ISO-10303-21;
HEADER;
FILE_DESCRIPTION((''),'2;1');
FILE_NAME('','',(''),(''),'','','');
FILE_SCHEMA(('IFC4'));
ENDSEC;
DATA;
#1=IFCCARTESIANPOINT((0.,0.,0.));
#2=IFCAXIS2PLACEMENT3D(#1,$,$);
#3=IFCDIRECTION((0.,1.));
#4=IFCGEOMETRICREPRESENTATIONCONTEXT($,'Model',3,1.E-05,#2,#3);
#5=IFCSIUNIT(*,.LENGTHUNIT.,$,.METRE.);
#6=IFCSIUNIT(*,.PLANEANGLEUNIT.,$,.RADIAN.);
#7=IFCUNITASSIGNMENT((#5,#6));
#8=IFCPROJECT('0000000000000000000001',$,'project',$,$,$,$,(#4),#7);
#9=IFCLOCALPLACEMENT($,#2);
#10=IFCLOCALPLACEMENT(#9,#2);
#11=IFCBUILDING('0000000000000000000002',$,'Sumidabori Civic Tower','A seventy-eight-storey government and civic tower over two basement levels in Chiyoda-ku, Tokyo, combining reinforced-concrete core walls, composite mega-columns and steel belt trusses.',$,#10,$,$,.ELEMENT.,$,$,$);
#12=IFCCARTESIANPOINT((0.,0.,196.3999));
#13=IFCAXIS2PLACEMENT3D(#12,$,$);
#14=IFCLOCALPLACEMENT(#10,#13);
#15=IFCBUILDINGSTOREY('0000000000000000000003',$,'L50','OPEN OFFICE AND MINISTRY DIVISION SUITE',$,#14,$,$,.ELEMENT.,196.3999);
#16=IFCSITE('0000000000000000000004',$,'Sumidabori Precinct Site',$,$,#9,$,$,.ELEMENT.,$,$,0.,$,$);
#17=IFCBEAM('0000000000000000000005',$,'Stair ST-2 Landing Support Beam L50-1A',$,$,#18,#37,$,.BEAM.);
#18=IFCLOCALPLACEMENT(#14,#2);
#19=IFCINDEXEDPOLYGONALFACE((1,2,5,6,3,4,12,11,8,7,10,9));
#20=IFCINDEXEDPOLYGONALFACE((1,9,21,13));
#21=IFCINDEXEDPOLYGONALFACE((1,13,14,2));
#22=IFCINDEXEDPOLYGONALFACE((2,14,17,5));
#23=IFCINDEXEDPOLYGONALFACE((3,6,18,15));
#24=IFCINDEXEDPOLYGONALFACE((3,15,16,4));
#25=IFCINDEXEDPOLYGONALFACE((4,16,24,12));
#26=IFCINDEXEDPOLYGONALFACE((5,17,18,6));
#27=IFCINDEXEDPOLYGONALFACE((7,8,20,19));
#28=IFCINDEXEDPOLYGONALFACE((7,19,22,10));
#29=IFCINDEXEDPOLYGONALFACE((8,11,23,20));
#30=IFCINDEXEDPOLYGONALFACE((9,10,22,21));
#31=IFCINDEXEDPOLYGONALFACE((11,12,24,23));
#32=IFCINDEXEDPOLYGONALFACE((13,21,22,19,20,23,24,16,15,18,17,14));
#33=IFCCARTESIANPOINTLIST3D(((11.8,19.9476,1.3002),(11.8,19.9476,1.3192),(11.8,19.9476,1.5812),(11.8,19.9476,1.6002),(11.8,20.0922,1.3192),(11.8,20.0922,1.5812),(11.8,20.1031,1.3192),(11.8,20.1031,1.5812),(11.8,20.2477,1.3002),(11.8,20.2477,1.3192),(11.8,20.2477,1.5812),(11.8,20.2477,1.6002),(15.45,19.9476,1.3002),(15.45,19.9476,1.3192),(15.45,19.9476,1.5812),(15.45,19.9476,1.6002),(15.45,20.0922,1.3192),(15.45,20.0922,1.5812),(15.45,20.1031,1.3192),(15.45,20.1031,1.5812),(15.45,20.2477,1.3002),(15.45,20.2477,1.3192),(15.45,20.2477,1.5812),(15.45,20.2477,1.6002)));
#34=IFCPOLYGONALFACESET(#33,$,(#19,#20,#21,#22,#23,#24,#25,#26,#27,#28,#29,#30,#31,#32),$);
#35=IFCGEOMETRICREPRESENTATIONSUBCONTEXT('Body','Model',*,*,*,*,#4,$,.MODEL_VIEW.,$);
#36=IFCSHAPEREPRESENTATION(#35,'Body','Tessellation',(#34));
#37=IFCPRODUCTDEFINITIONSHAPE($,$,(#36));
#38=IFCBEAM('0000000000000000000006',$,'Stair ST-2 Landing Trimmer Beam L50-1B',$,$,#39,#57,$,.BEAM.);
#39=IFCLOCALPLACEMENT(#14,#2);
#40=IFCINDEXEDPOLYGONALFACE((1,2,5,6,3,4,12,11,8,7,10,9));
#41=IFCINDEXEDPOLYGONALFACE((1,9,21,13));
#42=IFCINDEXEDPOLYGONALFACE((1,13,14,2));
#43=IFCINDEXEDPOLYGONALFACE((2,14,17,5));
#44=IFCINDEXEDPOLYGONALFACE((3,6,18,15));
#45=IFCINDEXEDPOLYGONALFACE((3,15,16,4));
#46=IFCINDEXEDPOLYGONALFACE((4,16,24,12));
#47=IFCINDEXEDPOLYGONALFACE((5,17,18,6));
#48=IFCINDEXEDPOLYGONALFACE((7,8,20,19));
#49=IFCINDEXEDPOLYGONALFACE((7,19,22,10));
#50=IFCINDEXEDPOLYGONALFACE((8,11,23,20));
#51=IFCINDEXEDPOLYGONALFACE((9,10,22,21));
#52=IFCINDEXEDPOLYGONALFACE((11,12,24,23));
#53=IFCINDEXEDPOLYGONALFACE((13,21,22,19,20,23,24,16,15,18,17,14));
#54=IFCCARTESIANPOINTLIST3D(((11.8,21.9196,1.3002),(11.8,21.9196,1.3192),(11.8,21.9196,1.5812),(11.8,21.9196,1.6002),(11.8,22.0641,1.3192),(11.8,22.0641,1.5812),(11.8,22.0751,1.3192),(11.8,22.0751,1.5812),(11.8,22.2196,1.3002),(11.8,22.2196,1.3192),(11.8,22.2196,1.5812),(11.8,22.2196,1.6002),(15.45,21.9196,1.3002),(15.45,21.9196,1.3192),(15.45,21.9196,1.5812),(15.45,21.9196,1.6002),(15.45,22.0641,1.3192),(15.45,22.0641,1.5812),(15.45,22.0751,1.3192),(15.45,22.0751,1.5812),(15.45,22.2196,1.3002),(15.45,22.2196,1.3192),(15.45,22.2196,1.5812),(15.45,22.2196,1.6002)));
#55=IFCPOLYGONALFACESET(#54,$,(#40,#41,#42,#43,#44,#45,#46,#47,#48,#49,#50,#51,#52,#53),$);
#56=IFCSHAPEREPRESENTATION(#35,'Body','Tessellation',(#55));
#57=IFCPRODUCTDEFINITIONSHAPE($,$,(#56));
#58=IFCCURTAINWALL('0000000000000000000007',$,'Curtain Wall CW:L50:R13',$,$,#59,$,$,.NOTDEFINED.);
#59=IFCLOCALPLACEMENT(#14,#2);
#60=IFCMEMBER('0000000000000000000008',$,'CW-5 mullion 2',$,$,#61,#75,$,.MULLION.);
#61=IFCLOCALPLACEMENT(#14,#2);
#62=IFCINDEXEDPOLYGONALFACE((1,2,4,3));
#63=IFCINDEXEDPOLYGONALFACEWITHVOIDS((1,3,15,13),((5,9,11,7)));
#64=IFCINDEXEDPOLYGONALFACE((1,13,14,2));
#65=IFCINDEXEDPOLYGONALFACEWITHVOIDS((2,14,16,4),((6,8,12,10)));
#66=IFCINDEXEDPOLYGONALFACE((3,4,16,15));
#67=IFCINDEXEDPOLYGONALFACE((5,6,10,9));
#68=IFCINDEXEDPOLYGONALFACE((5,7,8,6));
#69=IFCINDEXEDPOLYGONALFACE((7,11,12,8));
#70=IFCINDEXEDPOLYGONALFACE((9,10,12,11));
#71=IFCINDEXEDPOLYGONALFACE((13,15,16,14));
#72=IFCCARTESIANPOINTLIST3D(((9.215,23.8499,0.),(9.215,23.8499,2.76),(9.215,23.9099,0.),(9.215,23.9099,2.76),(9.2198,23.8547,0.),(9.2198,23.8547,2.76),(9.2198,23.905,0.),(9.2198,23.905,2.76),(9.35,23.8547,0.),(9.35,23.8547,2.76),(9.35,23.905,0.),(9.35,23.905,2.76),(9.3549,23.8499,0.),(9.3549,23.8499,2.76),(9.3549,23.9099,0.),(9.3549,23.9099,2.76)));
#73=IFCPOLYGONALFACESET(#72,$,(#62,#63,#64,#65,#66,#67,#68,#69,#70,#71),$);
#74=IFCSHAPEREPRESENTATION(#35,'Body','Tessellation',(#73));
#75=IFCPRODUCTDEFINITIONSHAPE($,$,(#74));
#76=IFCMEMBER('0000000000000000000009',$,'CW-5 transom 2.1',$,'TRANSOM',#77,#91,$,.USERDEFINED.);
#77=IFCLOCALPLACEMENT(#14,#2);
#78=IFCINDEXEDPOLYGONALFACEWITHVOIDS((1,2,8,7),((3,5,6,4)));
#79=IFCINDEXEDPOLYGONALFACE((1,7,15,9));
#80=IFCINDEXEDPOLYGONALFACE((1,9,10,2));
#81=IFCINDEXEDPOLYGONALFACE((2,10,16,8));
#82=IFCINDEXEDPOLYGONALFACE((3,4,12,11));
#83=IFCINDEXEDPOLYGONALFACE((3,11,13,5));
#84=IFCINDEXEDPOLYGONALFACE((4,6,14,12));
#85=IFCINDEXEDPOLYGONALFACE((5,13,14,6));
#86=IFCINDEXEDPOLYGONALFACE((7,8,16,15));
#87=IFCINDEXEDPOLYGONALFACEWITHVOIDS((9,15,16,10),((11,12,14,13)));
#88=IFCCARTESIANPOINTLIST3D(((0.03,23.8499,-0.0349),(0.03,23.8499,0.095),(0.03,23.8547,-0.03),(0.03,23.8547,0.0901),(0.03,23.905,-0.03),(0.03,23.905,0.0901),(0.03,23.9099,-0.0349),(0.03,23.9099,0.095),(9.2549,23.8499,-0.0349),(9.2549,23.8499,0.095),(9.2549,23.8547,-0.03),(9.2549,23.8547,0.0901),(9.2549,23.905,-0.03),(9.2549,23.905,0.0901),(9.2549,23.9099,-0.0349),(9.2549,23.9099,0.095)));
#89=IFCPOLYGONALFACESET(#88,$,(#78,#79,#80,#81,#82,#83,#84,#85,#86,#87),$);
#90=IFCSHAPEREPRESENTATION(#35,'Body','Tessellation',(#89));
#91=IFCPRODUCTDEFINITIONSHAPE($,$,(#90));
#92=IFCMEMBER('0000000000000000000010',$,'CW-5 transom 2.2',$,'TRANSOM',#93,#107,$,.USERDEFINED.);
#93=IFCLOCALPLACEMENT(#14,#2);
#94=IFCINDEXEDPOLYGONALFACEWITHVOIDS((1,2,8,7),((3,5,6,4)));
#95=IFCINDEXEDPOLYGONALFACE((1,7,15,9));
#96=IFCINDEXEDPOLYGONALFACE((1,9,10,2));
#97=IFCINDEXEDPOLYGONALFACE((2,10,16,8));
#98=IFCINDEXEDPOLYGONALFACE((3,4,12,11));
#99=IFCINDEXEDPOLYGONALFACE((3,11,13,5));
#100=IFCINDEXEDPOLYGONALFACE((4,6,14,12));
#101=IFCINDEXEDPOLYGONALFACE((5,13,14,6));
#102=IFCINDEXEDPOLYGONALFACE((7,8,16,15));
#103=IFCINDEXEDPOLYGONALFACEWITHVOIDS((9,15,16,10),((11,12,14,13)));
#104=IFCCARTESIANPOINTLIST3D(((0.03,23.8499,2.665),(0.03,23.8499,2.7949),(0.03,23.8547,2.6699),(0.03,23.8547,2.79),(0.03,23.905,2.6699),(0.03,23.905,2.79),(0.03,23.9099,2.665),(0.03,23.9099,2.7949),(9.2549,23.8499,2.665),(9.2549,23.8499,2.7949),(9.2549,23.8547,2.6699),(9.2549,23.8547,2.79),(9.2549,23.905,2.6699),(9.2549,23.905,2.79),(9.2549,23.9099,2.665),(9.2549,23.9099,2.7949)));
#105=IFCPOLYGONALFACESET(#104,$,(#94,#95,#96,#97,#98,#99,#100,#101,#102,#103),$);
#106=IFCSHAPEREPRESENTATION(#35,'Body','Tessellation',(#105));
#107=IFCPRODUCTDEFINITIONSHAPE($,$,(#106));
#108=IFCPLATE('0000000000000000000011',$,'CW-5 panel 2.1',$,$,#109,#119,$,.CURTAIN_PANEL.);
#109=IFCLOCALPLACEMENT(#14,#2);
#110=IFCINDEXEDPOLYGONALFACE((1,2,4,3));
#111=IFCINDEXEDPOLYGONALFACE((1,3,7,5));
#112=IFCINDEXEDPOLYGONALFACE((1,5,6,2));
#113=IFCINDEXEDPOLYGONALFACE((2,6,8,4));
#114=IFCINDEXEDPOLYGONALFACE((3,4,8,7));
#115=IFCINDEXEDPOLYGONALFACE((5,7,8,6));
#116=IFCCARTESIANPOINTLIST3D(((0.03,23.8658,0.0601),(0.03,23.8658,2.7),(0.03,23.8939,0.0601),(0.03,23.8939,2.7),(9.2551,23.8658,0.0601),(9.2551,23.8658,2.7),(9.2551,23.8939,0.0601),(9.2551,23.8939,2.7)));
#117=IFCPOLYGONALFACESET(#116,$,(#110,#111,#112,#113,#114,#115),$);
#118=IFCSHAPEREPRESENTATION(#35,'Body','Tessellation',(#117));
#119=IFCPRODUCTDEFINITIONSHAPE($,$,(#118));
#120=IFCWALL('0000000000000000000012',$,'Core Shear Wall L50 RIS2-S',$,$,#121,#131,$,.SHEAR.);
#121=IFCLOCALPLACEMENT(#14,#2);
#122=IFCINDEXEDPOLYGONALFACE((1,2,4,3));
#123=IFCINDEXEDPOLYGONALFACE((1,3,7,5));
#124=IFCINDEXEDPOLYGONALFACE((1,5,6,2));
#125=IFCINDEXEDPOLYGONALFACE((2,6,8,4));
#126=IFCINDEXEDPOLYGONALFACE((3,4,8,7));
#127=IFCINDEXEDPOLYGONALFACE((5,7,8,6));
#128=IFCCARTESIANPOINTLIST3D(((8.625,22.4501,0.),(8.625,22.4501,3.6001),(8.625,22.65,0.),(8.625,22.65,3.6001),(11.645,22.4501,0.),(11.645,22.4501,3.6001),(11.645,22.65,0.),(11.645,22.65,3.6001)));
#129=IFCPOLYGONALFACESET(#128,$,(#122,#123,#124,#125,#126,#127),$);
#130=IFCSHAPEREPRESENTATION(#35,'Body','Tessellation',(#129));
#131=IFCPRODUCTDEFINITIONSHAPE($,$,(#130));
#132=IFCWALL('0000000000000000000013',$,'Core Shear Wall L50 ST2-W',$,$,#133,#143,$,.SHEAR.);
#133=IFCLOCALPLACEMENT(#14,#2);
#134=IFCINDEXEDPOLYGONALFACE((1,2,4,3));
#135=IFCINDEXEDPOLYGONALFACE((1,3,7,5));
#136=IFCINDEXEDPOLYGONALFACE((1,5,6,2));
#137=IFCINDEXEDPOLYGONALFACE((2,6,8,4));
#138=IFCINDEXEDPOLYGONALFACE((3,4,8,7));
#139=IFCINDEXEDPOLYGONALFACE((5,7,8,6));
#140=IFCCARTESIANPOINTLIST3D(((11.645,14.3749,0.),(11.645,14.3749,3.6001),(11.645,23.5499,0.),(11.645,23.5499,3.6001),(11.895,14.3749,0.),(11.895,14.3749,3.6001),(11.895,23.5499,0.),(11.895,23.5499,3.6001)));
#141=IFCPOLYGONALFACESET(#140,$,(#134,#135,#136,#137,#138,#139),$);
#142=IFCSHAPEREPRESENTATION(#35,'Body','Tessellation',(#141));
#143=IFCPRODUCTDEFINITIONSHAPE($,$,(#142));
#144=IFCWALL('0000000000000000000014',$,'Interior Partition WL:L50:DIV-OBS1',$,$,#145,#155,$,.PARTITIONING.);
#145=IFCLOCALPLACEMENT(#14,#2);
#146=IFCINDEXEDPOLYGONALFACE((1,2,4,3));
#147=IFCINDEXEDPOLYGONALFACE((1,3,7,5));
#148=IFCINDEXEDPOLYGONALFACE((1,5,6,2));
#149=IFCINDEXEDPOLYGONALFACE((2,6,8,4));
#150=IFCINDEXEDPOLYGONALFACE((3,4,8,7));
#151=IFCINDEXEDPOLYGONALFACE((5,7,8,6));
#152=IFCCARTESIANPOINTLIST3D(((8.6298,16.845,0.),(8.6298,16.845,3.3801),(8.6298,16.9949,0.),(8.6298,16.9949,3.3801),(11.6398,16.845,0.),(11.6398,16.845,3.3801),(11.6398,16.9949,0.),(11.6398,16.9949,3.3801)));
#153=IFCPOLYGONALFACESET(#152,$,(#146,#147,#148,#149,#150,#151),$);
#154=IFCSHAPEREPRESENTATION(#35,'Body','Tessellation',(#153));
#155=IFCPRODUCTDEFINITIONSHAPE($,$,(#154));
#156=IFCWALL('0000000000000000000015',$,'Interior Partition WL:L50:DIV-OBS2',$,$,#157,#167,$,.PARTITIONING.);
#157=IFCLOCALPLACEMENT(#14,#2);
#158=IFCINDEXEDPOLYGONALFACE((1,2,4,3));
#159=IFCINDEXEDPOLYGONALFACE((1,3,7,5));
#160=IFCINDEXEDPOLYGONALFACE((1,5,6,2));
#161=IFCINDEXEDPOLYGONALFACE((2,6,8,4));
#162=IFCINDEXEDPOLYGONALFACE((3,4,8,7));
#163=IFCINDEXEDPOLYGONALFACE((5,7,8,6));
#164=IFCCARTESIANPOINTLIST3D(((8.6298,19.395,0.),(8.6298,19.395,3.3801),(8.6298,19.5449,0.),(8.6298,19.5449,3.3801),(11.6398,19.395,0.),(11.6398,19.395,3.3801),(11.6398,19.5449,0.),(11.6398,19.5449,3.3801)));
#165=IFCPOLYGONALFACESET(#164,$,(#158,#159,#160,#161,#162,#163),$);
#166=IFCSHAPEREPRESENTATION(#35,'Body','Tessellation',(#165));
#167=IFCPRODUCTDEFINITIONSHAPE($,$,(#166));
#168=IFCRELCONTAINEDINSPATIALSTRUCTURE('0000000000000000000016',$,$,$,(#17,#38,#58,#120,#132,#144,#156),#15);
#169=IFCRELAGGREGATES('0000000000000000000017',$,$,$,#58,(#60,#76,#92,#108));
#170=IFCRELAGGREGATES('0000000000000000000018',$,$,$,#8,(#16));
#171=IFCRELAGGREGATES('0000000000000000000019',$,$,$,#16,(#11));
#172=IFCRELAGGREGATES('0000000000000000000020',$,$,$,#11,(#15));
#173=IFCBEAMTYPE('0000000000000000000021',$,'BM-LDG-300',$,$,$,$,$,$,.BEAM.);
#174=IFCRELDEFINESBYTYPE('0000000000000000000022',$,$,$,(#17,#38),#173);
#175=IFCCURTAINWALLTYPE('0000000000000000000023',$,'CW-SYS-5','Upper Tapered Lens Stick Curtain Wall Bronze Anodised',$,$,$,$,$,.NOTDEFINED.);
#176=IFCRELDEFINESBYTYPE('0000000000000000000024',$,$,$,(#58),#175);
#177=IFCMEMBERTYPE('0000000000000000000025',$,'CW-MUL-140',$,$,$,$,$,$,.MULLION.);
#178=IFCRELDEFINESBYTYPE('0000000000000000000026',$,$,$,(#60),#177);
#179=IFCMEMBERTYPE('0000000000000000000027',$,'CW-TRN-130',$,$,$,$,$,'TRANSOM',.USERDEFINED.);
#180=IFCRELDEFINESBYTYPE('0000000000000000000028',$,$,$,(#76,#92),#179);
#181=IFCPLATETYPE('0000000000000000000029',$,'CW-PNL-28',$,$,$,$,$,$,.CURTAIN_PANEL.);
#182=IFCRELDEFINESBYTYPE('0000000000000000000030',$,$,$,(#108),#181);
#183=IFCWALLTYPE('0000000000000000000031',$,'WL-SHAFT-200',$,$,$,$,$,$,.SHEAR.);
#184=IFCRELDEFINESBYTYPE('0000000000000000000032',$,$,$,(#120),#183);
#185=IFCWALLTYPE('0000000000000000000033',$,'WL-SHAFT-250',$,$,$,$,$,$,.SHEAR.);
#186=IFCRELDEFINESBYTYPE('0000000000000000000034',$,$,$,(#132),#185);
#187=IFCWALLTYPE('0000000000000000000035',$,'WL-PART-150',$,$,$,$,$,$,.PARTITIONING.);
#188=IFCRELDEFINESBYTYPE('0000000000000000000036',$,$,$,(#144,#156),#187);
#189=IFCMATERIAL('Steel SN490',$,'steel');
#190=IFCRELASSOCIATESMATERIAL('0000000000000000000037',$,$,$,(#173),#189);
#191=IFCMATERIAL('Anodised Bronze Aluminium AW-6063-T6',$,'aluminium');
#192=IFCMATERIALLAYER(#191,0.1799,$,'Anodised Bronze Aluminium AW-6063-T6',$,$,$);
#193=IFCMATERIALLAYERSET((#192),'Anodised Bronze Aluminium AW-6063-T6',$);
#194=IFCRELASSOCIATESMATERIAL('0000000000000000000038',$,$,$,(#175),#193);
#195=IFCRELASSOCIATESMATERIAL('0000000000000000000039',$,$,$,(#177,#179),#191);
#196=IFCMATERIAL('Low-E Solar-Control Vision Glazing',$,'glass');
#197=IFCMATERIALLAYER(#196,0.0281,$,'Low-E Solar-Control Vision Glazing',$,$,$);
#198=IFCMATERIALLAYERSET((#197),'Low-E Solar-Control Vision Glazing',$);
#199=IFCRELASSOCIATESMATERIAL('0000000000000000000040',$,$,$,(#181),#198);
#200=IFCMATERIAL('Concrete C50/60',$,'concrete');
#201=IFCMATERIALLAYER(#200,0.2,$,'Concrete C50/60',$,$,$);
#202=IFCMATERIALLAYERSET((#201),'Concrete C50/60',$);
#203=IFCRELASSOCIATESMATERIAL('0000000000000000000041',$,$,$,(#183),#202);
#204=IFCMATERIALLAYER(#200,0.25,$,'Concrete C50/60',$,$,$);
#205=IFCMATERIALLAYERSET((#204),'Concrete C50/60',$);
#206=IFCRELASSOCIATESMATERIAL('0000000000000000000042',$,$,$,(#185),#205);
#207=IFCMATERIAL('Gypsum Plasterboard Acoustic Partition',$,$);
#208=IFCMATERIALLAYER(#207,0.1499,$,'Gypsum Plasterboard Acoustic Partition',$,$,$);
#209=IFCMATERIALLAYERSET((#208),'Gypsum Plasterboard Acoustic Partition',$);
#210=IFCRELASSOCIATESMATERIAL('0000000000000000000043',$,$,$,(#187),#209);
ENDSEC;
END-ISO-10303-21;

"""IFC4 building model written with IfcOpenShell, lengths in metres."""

from ifc_helpers import new_model, si_unit, direction, frame, frame_2d, origin, origin_2d, place, context, subcontext, project, spatial, rectangle, hollow_rectangle, i_section, extrude, source, transform, mapped, material, layer, layer_set, material_profile, profile_set, type_object, element, aggregate, save


model = new_model("IFC4")

# Units and contexts
model_context = context("Model", 3, precision=1e-05, world=origin(), true_north=direction((0.0, 1.0)))
body_context = subcontext(model_context, "Body", "Model", "MODEL_VIEW")
ifc_project = project(units=[si_unit("LENGTHUNIT", "METRE"), si_unit("PLANEANGLEUNIT", "RADIAN")], contexts=[model_context])

# Site, building, storey
site_placement = place(None, origin())
site = spatial("IfcSite", under=ifc_project, at=site_placement, Name="Sumidabori Precinct Site", CompositionType="ELEMENT", RefElevation=0.0)
building_placement = place(site_placement, origin())
building = spatial("IfcBuilding", under=site, at=building_placement, Name="Sumidabori Civic Tower", Description="A seventy-eight-storey government and civic tower over two basement levels in Chiyoda-ku, Tokyo, combining reinforced-concrete core walls, composite mega-columns and steel belt trusses.", CompositionType="ELEMENT")
storey_placement = place(building_placement, frame((0.0, 0.0, 196.3999)))
storey = spatial("IfcBuildingStorey", under=building, at=storey_placement, Name="L50", Description="OPEN OFFICE AND MINISTRY DIVISION SUITE", CompositionType="ELEMENT", Elevation=196.3999)

# Beams
ifc_material_1 = material(Name="Steel SN490", Category="steel")
ifc_material_profile_1 = material_profile(ifc_material_1, i_section(OverallWidth=0.3, OverallDepth=0.3, WebThickness=0.011, FlangeThickness=0.019, at=origin_2d()), Name="HE 300 B")
ifc_profile_set_1 = profile_set([ifc_material_profile_1], Name="Steel SN490")
beam_type = type_object("IfcBeamType", Name="BM-LDG-300", PredefinedType="BEAM", material=ifc_profile_set_1)
shared_shape_1 = source(origin(), body_context, "Body", "SweptSolid", [
    extrude(i_section(OverallWidth=0.3, OverallDepth=0.3, WebThickness=0.011, FlangeThickness=0.019, at=origin_2d()), origin(), (0.0, 0.0, 1.0), 3.6499),
])
for number, where, z_axis, x_axis, name in (
    (1, (11.8, 20.0977, 1.4502), (1.0, 0.0, 0.0), (0.0, 1.0, 0.0), "Stair ST-2 Landing Support Beam L50-1A"),
    (2, (11.8, 22.0696, 1.4502), (1.0, 0.0, 0.0), (0.0, 1.0, 0.0), "Stair ST-2 Landing Trimmer Beam L50-1B"),
):
    element("IfcBeam", number, at=place(storey_placement, frame(where, z_axis=z_axis, x_axis=x_axis)), inside=storey, type_object=beam_type, Name=name, PredefinedType="BEAM", context=body_context, shape_type="MappedRepresentation", body=[
        mapped(shared_shape_1, transform((0.0, 0.0, 0.0), x_axis=(1.0, 0.0, 0.0), y_axis=(0.0, 1.0, 0.0), z_axis=(0.0, 0.0, 1.0), scale=1.0)),
    ])

# Curtain wall, members, plate
ifc_material_2 = material(Name="Anodised Bronze Aluminium AW-6063-T6", Category="aluminium")
ifc_layer_1 = layer(ifc_material_2, 0.1799, Name="Anodised Bronze Aluminium AW-6063-T6")
ifc_layer_set_1 = layer_set([ifc_layer_1], Name="Anodised Bronze Aluminium AW-6063-T6")
curtain_wall_type = type_object("IfcCurtainWallType", Name="CW-SYS-5", Description="Upper Tapered Lens Stick Curtain Wall Bronze Anodised", PredefinedType="NOTDEFINED", material=ifc_layer_set_1)
curtain_wall_placement = place(storey_placement, origin())
curtain_wall = element("IfcCurtainWall", 3, at=curtain_wall_placement, inside=storey, type_object=curtain_wall_type, Name="Curtain Wall CW:L50:R13", PredefinedType="NOTDEFINED")
ifc_material_profile_2 = material_profile(ifc_material_2, hollow_rectangle(XDim=0.0601, YDim=0.1399, WallThickness=0.0049, at=origin_2d()), Name="ALU MULLION 140x60")
ifc_profile_set_2 = profile_set([ifc_material_profile_2], Name="Anodised Bronze Aluminium AW-6063-T6")
member_type_1 = type_object("IfcMemberType", Name="CW-MUL-140", PredefinedType="MULLION", material=ifc_profile_set_2)
shared_shape_2 = source(origin(), body_context, "Body", "SweptSolid", [
    extrude(hollow_rectangle(XDim=0.0601, YDim=0.1399, WallThickness=0.0049, at=origin_2d()), origin(), (0.0, 0.0, 1.0), 2.76),
])
member_1_placement = place(storey_placement, frame((9.2849, 23.8799, 0.0), z_axis=(0.0, 0.0, 1.0), x_axis=(0.0, -1.0, 0.0)))
member_1 = element("IfcMember", 4, at=member_1_placement, type_object=member_type_1, Name="CW-5 mullion 2", PredefinedType="MULLION", context=body_context, shape_type="MappedRepresentation", body=[
    mapped(shared_shape_2, transform((0.0, 0.0, 0.0), x_axis=(1.0, 0.0, 0.0), y_axis=(0.0, 1.0, 0.0), z_axis=(0.0, 0.0, 1.0), scale=1.0)),
])
ifc_material_profile_3 = material_profile(ifc_material_2, hollow_rectangle(XDim=0.0601, YDim=0.1299, WallThickness=0.0049, at=origin_2d()), Name="ALU TRANSOM 130x60")
ifc_profile_set_3 = profile_set([ifc_material_profile_3], Name="Anodised Bronze Aluminium AW-6063-T6")
member_type_2 = type_object("IfcMemberType", Name="CW-TRN-130", ElementType="TRANSOM", PredefinedType="USERDEFINED", material=ifc_profile_set_3)
shared_shape_3 = source(origin(), body_context, "Body", "SweptSolid", [
    extrude(hollow_rectangle(XDim=0.0601, YDim=0.1299, WallThickness=0.0049, at=origin_2d()), origin(), (0.0, 0.0, 1.0), 9.2249),
])
member_2_placement = place(storey_placement, frame((9.2549, 23.8799, 0.03), z_axis=(-1.0, 0.0, 0.0), x_axis=(0.0, -1.0, 0.0)))
member_2 = element("IfcMember", 5, at=member_2_placement, type_object=member_type_2, Name="CW-5 transom 2.1", ObjectType="TRANSOM", PredefinedType="USERDEFINED", context=body_context, shape_type="MappedRepresentation", body=[
    mapped(shared_shape_3, transform((0.0, 0.0, 0.0), x_axis=(1.0, 0.0, 0.0), y_axis=(0.0, 1.0, 0.0), z_axis=(0.0, 0.0, 1.0), scale=1.0)),
])
member_3_placement = place(storey_placement, frame((9.2549, 23.8799, 2.73), z_axis=(-1.0, 0.0, 0.0), x_axis=(0.0, -1.0, 0.0)))
member_3 = element("IfcMember", 6, at=member_3_placement, type_object=member_type_2, Name="CW-5 transom 2.2", ObjectType="TRANSOM", PredefinedType="USERDEFINED", context=body_context, shape_type="MappedRepresentation", body=[
    mapped(shared_shape_3, transform((0.0, 0.0, 0.0), x_axis=(1.0, 0.0, 0.0), y_axis=(0.0, 1.0, 0.0), z_axis=(0.0, 0.0, 1.0), scale=1.0)),
])
ifc_material_3 = material(Name="Low-E Solar-Control Vision Glazing", Category="glass")
ifc_layer_2 = layer(ifc_material_3, 0.0281, Name="Low-E Solar-Control Vision Glazing")
ifc_layer_set_2 = layer_set([ifc_layer_2], Name="Low-E Solar-Control Vision Glazing")
plate_type = type_object("IfcPlateType", Name="CW-PNL-28", PredefinedType="CURTAIN_PANEL", material=ifc_layer_set_2)
shared_shape_4 = source(origin(), body_context, "Body", "SweptSolid", [
    extrude(rectangle(XDim=9.2251, YDim=0.0281, at=origin_2d()), origin(), (0.0, 0.0, 1.0), 2.6399),
])
plate_placement = place(storey_placement, frame((4.6426, 23.8799, 0.0601), z_axis=(0.0, 0.0, 1.0), x_axis=(-1.0, 0.0, 0.0)))
plate = element("IfcPlate", 7, at=plate_placement, type_object=plate_type, Name="CW-5 panel 2.1", PredefinedType="CURTAIN_PANEL", context=body_context, shape_type="MappedRepresentation", body=[
    mapped(shared_shape_4, transform((0.0, 0.0, 0.0), x_axis=(1.0, 0.0, 0.0), y_axis=(0.0, 1.0, 0.0), z_axis=(0.0, 0.0, 1.0), scale=1.0)),
])
aggregate(curtain_wall, [member_1, member_2, member_3, plate])

# Wall
ifc_material_4 = material(Name="Concrete C50/60", Category="concrete")
ifc_layer_3 = layer(ifc_material_4, 0.2, Name="Concrete C50/60")
ifc_layer_set_3 = layer_set([ifc_layer_3], Name="Concrete C50/60")
wall_type_1 = type_object("IfcWallType", Name="WL-SHAFT-200", PredefinedType="SHEAR", material=ifc_layer_set_3)
shared_shape_5 = source(origin(), body_context, "Body", "SweptSolid", [
    extrude(rectangle(XDim=3.02, YDim=0.2, at=frame_2d((1.51, 0.0))), origin(), (0.0, 0.0, 1.0), 3.6001),
])
wall_1_placement = place(storey_placement, frame((8.625, 22.55, 0.0), z_axis=(0.0, 0.0, 1.0), x_axis=(1.0, 0.0, 0.0)))
element("IfcWall", 8, at=wall_1_placement, inside=storey, type_object=wall_type_1, Name="Core Shear Wall L50 RIS2-S", PredefinedType="SHEAR", context=body_context, shape_type="MappedRepresentation", body=[
    mapped(shared_shape_5, transform((0.0, 0.0, 0.0), x_axis=(1.0, 0.0, 0.0), y_axis=(0.0, 1.0, 0.0), z_axis=(0.0, 0.0, 1.0), scale=1.0)),
])

# Shared definitions
ifc_layer_4 = layer(ifc_material_4, 0.25, Name="Concrete C50/60")
ifc_layer_set_4 = layer_set([ifc_layer_4], Name="Concrete C50/60")
wall_type_2 = type_object("IfcWallType", Name="WL-SHAFT-250", PredefinedType="SHEAR", material=ifc_layer_set_4)

# Walls
shared_shape_6 = source(origin(), body_context, "Body", "SweptSolid", [
    extrude(rectangle(XDim=9.175, YDim=0.25, at=frame_2d((4.5874, 0.0))), origin(), (0.0, 0.0, 1.0), 3.6001),
])
wall_2_placement = place(storey_placement, frame((11.77, 14.375, 0.0), z_axis=(0.0, 0.0, 1.0), x_axis=(0.0, 1.0, 0.0)))
element("IfcWall", 9, at=wall_2_placement, inside=storey, type_object=wall_type_2, Name="Core Shear Wall L50 ST2-W", PredefinedType="SHEAR", context=body_context, shape_type="MappedRepresentation", body=[
    mapped(shared_shape_6, transform((0.0, 0.0, 0.0), x_axis=(1.0, 0.0, 0.0), y_axis=(0.0, 1.0, 0.0), z_axis=(0.0, 0.0, 1.0), scale=1.0)),
])
ifc_material_5 = material(Name="Gypsum Plasterboard Acoustic Partition")
ifc_layer_5 = layer(ifc_material_5, 0.1499, Name="Gypsum Plasterboard Acoustic Partition")
ifc_layer_set_5 = layer_set([ifc_layer_5], Name="Gypsum Plasterboard Acoustic Partition")
wall_type_3 = type_object("IfcWallType", Name="WL-PART-150", PredefinedType="PARTITIONING", material=ifc_layer_set_5)
shared_shape_7 = source(origin(), body_context, "Body", "SweptSolid", [
    extrude(rectangle(XDim=3.01, YDim=0.1499, at=frame_2d((1.5049, 0.0))), origin(), (0.0, 0.0, 1.0), 3.3801),
])
for number, where, z_axis, x_axis, name in (
    (10, (8.6299, 16.9199, 0.0), (0.0, 0.0, 1.0), (1.0, 0.0, 0.0), "Interior Partition WL:L50:DIV-OBS1"),
    (11, (8.6299, 19.47, 0.0), (0.0, 0.0, 1.0), (1.0, 0.0, 0.0), "Interior Partition WL:L50:DIV-OBS2"),
):
    element("IfcWall", number, at=place(storey_placement, frame(where, z_axis=z_axis, x_axis=x_axis)), inside=storey, type_object=wall_type_3, Name=name, PredefinedType="PARTITIONING", context=body_context, shape_type="MappedRepresentation", body=[
        mapped(shared_shape_7, transform((0.0, 0.0, 0.0), x_axis=(1.0, 0.0, 0.0), y_axis=(0.0, 1.0, 0.0), z_axis=(0.0, 0.0, 1.0), scale=1.0)),
    ])

save(model, "model.ifc")
